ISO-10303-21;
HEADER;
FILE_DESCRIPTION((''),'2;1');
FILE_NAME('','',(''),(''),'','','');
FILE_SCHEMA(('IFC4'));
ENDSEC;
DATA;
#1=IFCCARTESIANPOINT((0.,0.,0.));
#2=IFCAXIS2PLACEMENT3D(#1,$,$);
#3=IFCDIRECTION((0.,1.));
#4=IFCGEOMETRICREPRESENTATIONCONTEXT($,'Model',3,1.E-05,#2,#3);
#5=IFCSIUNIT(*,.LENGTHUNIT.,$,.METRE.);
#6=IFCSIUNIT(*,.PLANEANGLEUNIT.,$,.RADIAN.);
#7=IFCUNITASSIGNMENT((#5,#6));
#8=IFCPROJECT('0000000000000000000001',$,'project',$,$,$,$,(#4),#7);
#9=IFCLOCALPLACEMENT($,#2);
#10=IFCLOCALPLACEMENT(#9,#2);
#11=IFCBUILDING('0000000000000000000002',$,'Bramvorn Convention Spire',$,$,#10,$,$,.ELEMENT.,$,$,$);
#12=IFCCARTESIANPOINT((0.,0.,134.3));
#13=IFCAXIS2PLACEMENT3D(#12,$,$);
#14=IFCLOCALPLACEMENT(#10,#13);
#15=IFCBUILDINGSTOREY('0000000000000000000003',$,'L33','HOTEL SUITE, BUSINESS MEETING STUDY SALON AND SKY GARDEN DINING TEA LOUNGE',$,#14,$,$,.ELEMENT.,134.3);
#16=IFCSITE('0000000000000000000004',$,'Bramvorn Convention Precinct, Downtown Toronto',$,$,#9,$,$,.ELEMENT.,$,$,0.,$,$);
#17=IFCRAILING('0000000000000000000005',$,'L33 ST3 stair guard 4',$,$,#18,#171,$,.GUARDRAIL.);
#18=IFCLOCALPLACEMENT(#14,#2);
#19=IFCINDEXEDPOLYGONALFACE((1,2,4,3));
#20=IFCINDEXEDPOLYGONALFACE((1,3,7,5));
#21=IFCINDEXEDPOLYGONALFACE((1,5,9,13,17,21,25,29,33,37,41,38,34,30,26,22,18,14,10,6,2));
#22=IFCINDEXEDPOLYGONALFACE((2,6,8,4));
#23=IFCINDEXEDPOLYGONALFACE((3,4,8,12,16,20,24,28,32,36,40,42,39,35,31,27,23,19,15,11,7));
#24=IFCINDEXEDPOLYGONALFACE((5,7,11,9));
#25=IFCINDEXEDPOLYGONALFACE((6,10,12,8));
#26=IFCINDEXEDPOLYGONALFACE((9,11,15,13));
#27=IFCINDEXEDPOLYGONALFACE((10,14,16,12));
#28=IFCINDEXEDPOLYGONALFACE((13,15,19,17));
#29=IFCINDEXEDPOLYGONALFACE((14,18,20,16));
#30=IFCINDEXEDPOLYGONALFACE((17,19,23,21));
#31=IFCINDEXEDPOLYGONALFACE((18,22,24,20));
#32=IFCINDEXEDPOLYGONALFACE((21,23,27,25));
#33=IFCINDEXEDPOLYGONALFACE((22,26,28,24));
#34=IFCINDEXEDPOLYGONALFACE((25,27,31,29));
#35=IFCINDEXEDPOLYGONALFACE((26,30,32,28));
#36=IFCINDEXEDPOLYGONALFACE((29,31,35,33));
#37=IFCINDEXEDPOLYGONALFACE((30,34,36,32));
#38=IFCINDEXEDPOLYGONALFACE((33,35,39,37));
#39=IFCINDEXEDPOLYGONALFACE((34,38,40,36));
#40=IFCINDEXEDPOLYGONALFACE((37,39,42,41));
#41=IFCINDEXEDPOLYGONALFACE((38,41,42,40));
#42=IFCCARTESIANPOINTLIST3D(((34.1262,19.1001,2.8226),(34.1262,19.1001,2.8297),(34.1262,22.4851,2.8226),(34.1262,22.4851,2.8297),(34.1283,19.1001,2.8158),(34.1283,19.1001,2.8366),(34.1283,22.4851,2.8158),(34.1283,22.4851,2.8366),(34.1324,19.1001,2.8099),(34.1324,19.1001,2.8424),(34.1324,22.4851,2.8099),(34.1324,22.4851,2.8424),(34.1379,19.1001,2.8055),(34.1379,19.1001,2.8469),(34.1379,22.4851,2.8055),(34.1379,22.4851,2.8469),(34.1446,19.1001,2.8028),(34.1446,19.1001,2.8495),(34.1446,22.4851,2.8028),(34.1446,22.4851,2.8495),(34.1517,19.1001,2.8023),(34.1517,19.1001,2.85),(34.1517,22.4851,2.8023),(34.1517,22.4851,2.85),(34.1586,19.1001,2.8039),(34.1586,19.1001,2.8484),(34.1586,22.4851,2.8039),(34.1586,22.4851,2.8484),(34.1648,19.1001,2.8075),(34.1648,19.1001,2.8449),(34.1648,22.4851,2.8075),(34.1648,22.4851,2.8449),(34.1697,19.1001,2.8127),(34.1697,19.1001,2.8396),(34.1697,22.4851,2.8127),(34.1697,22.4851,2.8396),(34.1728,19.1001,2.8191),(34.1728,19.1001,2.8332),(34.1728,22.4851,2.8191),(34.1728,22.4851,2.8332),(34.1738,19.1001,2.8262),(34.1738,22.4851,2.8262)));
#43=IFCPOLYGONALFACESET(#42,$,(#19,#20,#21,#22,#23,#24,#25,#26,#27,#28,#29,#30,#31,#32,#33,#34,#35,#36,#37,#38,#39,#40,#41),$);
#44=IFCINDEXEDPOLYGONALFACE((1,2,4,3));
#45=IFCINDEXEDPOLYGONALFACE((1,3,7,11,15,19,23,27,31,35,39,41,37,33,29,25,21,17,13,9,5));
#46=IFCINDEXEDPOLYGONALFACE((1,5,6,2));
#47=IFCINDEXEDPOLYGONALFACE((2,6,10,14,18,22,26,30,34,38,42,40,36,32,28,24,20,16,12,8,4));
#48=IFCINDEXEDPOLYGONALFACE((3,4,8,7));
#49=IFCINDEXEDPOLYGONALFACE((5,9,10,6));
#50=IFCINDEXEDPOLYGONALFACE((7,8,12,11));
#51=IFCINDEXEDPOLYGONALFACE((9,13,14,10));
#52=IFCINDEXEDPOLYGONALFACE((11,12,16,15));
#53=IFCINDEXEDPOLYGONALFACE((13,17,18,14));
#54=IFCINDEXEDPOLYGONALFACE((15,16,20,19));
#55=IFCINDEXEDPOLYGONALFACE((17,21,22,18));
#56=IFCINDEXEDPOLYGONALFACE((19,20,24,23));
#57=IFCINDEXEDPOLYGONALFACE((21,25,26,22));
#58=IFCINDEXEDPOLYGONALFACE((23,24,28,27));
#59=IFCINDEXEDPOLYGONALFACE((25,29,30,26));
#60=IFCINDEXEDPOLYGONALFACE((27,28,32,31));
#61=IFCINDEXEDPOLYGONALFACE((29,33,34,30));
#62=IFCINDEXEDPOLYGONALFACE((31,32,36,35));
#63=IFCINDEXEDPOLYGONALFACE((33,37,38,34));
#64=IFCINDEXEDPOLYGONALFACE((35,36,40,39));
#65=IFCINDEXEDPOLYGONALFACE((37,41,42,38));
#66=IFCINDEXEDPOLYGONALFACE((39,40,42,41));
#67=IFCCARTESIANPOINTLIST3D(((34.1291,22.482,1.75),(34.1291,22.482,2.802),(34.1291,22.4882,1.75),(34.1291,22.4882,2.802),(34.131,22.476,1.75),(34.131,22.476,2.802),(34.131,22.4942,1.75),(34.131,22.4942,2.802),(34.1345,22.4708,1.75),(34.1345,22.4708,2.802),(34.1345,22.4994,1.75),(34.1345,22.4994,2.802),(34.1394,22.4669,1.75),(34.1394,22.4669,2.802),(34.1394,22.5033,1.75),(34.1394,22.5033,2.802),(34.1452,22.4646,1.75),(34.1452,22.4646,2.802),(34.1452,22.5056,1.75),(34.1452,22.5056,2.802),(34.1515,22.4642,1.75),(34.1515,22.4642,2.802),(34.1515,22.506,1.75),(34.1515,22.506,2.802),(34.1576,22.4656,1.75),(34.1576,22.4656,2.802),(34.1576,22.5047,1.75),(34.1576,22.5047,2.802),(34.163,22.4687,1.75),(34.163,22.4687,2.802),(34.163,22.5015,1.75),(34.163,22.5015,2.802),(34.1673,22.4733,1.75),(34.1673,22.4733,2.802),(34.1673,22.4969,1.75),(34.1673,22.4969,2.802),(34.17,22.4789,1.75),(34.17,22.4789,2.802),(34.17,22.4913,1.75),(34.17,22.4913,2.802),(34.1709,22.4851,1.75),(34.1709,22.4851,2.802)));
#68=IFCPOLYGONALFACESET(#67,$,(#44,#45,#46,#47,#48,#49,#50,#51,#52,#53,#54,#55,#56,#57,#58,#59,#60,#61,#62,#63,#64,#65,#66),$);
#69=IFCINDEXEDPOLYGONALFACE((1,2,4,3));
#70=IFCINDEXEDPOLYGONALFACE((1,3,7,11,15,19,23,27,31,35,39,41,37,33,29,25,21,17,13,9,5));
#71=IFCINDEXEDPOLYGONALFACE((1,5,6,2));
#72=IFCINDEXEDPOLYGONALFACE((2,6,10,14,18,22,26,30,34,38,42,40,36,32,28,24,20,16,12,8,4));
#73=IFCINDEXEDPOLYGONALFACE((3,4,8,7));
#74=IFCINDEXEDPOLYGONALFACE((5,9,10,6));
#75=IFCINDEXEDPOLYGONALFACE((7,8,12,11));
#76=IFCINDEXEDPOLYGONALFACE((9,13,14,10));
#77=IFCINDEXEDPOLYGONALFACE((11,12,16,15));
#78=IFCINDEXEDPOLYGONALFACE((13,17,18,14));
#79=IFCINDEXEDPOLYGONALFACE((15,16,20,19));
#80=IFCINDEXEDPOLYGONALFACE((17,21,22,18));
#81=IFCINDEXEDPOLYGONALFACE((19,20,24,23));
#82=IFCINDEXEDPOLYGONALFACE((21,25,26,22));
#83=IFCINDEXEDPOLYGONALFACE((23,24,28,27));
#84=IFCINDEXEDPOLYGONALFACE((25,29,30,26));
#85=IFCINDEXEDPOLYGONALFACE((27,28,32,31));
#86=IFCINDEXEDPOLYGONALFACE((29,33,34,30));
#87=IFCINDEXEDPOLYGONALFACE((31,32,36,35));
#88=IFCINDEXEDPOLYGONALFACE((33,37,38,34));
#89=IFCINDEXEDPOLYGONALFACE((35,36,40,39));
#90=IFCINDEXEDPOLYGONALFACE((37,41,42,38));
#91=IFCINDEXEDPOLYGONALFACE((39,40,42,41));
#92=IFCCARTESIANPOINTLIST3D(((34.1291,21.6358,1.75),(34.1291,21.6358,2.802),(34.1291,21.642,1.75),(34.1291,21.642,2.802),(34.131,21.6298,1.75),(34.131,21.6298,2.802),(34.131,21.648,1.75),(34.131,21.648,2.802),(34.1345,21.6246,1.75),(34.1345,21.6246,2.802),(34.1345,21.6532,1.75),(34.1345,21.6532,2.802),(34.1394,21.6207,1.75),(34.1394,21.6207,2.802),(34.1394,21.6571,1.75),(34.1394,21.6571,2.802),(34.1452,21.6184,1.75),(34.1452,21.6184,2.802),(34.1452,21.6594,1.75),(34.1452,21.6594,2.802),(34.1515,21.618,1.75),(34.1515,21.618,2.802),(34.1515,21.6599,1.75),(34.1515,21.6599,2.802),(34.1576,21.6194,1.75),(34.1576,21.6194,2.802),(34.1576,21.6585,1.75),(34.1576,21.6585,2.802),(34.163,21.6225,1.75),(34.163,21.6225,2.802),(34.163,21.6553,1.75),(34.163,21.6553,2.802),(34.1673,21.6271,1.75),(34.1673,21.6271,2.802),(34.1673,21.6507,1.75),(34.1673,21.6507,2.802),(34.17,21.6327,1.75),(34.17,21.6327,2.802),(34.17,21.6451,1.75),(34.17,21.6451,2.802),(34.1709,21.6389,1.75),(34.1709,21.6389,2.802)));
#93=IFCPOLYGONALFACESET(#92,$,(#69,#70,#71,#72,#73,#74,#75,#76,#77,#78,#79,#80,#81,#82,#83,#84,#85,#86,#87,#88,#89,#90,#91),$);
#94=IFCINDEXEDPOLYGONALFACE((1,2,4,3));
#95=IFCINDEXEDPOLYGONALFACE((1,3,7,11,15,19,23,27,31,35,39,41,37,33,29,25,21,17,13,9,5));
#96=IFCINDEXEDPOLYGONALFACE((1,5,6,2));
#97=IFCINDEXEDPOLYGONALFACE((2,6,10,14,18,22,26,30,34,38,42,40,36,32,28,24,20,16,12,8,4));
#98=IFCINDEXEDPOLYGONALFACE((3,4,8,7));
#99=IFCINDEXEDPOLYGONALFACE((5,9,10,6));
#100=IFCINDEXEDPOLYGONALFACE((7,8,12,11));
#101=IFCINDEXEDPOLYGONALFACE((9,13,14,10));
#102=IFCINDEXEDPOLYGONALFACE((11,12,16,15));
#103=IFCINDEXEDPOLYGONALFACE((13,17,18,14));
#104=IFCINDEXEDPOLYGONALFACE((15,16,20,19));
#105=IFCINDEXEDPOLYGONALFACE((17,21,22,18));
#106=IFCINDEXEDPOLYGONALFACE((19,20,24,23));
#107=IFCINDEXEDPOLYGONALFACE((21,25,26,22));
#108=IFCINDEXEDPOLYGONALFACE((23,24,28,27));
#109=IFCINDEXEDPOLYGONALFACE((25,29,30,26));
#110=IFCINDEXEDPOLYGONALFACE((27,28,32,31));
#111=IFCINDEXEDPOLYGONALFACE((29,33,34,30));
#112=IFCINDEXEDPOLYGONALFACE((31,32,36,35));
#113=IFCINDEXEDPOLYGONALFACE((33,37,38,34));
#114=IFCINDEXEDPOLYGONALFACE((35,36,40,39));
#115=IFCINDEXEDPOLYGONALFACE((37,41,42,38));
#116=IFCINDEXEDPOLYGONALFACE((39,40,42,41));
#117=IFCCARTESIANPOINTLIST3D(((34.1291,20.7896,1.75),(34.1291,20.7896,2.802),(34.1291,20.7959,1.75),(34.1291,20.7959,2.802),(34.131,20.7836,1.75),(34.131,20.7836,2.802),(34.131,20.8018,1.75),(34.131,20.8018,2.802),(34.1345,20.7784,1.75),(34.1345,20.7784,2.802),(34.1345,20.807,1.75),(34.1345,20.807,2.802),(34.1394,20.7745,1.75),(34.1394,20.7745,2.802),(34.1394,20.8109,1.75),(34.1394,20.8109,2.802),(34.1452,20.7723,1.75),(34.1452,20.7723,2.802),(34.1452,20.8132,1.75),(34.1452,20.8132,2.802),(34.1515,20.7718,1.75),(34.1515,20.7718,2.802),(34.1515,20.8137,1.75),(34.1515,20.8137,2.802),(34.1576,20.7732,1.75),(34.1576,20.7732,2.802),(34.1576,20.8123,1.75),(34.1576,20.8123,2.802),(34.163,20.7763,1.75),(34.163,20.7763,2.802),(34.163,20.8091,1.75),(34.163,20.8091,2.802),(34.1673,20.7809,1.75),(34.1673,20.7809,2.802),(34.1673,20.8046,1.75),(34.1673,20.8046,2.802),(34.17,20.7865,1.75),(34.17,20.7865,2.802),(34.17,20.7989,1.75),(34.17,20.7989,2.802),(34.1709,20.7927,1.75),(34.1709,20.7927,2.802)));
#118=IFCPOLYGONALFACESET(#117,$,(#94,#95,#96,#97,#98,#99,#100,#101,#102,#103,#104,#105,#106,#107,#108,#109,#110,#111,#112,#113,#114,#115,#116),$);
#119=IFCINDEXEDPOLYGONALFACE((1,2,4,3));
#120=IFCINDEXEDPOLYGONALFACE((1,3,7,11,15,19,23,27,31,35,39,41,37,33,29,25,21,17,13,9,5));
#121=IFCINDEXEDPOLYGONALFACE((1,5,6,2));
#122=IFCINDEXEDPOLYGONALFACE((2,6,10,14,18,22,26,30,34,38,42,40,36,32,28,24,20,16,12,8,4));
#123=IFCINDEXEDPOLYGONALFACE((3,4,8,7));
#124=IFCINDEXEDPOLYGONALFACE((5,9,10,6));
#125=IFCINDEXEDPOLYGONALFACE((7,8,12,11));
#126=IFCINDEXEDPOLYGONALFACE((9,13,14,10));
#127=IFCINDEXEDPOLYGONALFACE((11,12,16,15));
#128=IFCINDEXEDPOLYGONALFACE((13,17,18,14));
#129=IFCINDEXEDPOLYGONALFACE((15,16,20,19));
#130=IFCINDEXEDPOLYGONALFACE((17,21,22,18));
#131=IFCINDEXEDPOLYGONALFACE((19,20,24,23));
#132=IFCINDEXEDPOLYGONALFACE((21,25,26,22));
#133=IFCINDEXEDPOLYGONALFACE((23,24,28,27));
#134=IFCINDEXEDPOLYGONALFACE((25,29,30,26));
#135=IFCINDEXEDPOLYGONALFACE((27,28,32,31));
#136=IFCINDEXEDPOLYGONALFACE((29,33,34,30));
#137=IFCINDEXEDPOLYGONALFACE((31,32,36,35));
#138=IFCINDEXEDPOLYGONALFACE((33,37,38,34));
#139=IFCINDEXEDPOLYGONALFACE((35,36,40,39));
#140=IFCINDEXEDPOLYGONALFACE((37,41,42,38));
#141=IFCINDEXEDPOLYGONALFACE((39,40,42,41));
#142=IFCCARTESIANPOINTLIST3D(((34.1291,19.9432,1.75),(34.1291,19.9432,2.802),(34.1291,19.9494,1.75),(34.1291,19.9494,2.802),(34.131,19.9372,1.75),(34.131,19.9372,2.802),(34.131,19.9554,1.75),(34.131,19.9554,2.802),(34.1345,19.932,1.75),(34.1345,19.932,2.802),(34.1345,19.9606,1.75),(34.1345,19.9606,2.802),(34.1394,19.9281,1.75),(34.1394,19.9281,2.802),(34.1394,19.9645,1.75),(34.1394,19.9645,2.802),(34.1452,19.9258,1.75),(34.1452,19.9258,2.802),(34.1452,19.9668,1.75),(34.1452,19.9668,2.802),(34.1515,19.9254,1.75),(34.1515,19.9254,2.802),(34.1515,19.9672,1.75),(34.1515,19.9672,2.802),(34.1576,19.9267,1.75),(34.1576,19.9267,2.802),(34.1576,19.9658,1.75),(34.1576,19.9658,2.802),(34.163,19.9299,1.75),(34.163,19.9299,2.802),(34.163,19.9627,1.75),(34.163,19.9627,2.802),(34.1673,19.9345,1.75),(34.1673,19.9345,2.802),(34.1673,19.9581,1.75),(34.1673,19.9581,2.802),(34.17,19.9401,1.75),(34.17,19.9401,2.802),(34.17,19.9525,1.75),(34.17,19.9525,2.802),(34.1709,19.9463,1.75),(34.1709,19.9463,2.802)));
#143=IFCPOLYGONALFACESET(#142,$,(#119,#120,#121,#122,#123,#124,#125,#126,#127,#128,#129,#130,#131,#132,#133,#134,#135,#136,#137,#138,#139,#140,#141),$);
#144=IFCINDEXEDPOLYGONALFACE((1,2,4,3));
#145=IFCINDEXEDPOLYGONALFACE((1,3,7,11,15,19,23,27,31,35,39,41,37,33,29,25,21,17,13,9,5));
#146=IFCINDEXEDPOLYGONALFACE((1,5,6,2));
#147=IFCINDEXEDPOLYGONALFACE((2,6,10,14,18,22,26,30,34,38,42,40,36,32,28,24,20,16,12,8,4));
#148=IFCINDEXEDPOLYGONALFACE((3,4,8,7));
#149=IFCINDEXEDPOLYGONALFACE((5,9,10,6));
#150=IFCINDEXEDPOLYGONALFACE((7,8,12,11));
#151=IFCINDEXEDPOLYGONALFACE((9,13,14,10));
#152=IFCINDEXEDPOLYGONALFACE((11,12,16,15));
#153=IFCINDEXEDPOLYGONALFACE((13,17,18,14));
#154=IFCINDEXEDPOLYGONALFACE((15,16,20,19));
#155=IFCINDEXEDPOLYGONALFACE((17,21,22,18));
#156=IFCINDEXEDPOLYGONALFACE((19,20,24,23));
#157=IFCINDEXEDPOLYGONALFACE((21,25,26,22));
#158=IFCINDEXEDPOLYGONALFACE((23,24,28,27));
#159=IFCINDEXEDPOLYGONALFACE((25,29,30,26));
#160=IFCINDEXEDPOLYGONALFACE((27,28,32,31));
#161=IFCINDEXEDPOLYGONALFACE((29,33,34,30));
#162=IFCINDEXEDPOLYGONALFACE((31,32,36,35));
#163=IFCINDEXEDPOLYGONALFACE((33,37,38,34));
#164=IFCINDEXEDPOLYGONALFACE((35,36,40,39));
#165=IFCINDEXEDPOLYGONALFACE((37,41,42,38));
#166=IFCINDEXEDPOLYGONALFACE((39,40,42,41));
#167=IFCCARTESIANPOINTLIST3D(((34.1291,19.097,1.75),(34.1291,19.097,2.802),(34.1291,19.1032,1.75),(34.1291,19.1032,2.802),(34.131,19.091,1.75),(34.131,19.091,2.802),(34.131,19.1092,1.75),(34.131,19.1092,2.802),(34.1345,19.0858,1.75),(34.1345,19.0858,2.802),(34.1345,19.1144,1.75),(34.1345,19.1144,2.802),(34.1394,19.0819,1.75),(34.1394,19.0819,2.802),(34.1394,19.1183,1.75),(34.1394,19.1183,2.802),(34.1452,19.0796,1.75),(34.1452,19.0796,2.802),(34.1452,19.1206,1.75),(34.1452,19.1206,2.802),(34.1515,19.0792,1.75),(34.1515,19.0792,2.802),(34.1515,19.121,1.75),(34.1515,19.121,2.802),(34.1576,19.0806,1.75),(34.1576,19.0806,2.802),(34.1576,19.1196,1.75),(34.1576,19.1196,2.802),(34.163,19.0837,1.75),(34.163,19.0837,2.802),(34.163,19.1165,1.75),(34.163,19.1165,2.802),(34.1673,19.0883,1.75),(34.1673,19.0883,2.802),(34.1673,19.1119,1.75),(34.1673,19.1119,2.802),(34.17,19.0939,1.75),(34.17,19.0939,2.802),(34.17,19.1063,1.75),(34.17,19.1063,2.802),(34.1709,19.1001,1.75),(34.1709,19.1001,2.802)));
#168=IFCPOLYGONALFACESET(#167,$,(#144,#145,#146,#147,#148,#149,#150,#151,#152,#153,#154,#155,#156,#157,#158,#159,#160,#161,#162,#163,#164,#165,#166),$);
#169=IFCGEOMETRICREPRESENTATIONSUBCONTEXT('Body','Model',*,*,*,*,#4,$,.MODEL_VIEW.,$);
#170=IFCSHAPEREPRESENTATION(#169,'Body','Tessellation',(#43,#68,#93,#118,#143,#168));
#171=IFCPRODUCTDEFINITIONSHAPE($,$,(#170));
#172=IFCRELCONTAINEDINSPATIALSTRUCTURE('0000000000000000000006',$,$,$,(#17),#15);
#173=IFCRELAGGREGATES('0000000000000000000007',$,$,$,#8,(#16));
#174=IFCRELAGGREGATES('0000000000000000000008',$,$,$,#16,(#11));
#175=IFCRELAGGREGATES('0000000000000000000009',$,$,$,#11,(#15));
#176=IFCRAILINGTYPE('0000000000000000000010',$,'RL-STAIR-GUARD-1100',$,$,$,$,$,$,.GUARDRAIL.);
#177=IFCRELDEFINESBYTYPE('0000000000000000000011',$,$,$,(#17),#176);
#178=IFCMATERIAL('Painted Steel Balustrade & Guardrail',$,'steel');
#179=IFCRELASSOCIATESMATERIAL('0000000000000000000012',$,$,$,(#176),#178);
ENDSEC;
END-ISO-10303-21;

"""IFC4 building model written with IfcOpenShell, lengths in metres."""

from ifc_helpers import new_model, si_unit, direction, frame, origin, origin_2d, place, context, subcontext, project, spatial, circle, extrude, material, type_object, element, save


model = new_model("IFC4")

# Units and contexts
model_context = context("Model", 3, precision=1e-05, world=origin(), true_north=direction((0.0, 1.0)))
body_context = subcontext(model_context, "Body", "Model", "MODEL_VIEW")
ifc_project = project(units=[si_unit("LENGTHUNIT", "METRE"), si_unit("PLANEANGLEUNIT", "RADIAN")], contexts=[model_context])

# Site, building, storey
site_placement = place(None, origin())
site = spatial("IfcSite", under=ifc_project, at=site_placement, Name="Bramvorn Convention Precinct, Downtown Toronto", CompositionType="ELEMENT", RefElevation=0.0)
building_placement = place(site_placement, origin())
building = spatial("IfcBuilding", under=site, at=building_placement, Name="Bramvorn Convention Spire", CompositionType="ELEMENT")
storey_placement = place(building_placement, frame((0.0, 0.0, 134.3)))
storey = spatial("IfcBuildingStorey", under=building, at=storey_placement, Name="L33", Description="HOTEL SUITE, BUSINESS MEETING STUDY SALON AND SKY GARDEN DINING TEA LOUNGE", CompositionType="ELEMENT", Elevation=134.3)

# Railing
ifc_material_1 = material(Name="Painted Steel Balustrade & Guardrail", Category="steel")
railing_type_1 = type_object("IfcRailingType", Name="RL-STAIR-GUARD-1100", PredefinedType="GUARDRAIL", material=ifc_material_1)
railing_1_placement = place(storey_placement, frame((34.1499, 22.4851, 1.75)))
element("IfcRailing", 1, at=railing_1_placement, inside=storey, type_object=railing_type_1, Name="L33 ST3 stair guard 4", PredefinedType="GUARDRAIL", context=body_context, shape_type="SweptSolid", body=[
    extrude(circle(Radius=0.0239, at=origin_2d()), frame((0.0, 0.0, 1.0762), z_axis=(0.0, -1.0, 0.0), x_axis=(1.0, 0.0, 0.0)), (0.0, 0.0, 1.0), 3.385),
    extrude(circle(Radius=0.021, at=origin_2d()), origin(), (0.0, 0.0, 1.0), 1.052),
    extrude(circle(Radius=0.021, at=origin_2d()), frame((0.0, -0.8462, 0.0)), (0.0, 0.0, 1.0), 1.052),
    extrude(circle(Radius=0.021, at=origin_2d()), frame((0.0, -1.6924, 0.0)), (0.0, 0.0, 1.0), 1.052),
    extrude(circle(Radius=0.021, at=origin_2d()), frame((0.0, -2.5388, 0.0)), (0.0, 0.0, 1.0), 1.052),
    extrude(circle(Radius=0.021, at=origin_2d()), frame((0.0, -3.385, 0.0)), (0.0, 0.0, 1.0), 1.052),
])

save(model, "model.ifc")
